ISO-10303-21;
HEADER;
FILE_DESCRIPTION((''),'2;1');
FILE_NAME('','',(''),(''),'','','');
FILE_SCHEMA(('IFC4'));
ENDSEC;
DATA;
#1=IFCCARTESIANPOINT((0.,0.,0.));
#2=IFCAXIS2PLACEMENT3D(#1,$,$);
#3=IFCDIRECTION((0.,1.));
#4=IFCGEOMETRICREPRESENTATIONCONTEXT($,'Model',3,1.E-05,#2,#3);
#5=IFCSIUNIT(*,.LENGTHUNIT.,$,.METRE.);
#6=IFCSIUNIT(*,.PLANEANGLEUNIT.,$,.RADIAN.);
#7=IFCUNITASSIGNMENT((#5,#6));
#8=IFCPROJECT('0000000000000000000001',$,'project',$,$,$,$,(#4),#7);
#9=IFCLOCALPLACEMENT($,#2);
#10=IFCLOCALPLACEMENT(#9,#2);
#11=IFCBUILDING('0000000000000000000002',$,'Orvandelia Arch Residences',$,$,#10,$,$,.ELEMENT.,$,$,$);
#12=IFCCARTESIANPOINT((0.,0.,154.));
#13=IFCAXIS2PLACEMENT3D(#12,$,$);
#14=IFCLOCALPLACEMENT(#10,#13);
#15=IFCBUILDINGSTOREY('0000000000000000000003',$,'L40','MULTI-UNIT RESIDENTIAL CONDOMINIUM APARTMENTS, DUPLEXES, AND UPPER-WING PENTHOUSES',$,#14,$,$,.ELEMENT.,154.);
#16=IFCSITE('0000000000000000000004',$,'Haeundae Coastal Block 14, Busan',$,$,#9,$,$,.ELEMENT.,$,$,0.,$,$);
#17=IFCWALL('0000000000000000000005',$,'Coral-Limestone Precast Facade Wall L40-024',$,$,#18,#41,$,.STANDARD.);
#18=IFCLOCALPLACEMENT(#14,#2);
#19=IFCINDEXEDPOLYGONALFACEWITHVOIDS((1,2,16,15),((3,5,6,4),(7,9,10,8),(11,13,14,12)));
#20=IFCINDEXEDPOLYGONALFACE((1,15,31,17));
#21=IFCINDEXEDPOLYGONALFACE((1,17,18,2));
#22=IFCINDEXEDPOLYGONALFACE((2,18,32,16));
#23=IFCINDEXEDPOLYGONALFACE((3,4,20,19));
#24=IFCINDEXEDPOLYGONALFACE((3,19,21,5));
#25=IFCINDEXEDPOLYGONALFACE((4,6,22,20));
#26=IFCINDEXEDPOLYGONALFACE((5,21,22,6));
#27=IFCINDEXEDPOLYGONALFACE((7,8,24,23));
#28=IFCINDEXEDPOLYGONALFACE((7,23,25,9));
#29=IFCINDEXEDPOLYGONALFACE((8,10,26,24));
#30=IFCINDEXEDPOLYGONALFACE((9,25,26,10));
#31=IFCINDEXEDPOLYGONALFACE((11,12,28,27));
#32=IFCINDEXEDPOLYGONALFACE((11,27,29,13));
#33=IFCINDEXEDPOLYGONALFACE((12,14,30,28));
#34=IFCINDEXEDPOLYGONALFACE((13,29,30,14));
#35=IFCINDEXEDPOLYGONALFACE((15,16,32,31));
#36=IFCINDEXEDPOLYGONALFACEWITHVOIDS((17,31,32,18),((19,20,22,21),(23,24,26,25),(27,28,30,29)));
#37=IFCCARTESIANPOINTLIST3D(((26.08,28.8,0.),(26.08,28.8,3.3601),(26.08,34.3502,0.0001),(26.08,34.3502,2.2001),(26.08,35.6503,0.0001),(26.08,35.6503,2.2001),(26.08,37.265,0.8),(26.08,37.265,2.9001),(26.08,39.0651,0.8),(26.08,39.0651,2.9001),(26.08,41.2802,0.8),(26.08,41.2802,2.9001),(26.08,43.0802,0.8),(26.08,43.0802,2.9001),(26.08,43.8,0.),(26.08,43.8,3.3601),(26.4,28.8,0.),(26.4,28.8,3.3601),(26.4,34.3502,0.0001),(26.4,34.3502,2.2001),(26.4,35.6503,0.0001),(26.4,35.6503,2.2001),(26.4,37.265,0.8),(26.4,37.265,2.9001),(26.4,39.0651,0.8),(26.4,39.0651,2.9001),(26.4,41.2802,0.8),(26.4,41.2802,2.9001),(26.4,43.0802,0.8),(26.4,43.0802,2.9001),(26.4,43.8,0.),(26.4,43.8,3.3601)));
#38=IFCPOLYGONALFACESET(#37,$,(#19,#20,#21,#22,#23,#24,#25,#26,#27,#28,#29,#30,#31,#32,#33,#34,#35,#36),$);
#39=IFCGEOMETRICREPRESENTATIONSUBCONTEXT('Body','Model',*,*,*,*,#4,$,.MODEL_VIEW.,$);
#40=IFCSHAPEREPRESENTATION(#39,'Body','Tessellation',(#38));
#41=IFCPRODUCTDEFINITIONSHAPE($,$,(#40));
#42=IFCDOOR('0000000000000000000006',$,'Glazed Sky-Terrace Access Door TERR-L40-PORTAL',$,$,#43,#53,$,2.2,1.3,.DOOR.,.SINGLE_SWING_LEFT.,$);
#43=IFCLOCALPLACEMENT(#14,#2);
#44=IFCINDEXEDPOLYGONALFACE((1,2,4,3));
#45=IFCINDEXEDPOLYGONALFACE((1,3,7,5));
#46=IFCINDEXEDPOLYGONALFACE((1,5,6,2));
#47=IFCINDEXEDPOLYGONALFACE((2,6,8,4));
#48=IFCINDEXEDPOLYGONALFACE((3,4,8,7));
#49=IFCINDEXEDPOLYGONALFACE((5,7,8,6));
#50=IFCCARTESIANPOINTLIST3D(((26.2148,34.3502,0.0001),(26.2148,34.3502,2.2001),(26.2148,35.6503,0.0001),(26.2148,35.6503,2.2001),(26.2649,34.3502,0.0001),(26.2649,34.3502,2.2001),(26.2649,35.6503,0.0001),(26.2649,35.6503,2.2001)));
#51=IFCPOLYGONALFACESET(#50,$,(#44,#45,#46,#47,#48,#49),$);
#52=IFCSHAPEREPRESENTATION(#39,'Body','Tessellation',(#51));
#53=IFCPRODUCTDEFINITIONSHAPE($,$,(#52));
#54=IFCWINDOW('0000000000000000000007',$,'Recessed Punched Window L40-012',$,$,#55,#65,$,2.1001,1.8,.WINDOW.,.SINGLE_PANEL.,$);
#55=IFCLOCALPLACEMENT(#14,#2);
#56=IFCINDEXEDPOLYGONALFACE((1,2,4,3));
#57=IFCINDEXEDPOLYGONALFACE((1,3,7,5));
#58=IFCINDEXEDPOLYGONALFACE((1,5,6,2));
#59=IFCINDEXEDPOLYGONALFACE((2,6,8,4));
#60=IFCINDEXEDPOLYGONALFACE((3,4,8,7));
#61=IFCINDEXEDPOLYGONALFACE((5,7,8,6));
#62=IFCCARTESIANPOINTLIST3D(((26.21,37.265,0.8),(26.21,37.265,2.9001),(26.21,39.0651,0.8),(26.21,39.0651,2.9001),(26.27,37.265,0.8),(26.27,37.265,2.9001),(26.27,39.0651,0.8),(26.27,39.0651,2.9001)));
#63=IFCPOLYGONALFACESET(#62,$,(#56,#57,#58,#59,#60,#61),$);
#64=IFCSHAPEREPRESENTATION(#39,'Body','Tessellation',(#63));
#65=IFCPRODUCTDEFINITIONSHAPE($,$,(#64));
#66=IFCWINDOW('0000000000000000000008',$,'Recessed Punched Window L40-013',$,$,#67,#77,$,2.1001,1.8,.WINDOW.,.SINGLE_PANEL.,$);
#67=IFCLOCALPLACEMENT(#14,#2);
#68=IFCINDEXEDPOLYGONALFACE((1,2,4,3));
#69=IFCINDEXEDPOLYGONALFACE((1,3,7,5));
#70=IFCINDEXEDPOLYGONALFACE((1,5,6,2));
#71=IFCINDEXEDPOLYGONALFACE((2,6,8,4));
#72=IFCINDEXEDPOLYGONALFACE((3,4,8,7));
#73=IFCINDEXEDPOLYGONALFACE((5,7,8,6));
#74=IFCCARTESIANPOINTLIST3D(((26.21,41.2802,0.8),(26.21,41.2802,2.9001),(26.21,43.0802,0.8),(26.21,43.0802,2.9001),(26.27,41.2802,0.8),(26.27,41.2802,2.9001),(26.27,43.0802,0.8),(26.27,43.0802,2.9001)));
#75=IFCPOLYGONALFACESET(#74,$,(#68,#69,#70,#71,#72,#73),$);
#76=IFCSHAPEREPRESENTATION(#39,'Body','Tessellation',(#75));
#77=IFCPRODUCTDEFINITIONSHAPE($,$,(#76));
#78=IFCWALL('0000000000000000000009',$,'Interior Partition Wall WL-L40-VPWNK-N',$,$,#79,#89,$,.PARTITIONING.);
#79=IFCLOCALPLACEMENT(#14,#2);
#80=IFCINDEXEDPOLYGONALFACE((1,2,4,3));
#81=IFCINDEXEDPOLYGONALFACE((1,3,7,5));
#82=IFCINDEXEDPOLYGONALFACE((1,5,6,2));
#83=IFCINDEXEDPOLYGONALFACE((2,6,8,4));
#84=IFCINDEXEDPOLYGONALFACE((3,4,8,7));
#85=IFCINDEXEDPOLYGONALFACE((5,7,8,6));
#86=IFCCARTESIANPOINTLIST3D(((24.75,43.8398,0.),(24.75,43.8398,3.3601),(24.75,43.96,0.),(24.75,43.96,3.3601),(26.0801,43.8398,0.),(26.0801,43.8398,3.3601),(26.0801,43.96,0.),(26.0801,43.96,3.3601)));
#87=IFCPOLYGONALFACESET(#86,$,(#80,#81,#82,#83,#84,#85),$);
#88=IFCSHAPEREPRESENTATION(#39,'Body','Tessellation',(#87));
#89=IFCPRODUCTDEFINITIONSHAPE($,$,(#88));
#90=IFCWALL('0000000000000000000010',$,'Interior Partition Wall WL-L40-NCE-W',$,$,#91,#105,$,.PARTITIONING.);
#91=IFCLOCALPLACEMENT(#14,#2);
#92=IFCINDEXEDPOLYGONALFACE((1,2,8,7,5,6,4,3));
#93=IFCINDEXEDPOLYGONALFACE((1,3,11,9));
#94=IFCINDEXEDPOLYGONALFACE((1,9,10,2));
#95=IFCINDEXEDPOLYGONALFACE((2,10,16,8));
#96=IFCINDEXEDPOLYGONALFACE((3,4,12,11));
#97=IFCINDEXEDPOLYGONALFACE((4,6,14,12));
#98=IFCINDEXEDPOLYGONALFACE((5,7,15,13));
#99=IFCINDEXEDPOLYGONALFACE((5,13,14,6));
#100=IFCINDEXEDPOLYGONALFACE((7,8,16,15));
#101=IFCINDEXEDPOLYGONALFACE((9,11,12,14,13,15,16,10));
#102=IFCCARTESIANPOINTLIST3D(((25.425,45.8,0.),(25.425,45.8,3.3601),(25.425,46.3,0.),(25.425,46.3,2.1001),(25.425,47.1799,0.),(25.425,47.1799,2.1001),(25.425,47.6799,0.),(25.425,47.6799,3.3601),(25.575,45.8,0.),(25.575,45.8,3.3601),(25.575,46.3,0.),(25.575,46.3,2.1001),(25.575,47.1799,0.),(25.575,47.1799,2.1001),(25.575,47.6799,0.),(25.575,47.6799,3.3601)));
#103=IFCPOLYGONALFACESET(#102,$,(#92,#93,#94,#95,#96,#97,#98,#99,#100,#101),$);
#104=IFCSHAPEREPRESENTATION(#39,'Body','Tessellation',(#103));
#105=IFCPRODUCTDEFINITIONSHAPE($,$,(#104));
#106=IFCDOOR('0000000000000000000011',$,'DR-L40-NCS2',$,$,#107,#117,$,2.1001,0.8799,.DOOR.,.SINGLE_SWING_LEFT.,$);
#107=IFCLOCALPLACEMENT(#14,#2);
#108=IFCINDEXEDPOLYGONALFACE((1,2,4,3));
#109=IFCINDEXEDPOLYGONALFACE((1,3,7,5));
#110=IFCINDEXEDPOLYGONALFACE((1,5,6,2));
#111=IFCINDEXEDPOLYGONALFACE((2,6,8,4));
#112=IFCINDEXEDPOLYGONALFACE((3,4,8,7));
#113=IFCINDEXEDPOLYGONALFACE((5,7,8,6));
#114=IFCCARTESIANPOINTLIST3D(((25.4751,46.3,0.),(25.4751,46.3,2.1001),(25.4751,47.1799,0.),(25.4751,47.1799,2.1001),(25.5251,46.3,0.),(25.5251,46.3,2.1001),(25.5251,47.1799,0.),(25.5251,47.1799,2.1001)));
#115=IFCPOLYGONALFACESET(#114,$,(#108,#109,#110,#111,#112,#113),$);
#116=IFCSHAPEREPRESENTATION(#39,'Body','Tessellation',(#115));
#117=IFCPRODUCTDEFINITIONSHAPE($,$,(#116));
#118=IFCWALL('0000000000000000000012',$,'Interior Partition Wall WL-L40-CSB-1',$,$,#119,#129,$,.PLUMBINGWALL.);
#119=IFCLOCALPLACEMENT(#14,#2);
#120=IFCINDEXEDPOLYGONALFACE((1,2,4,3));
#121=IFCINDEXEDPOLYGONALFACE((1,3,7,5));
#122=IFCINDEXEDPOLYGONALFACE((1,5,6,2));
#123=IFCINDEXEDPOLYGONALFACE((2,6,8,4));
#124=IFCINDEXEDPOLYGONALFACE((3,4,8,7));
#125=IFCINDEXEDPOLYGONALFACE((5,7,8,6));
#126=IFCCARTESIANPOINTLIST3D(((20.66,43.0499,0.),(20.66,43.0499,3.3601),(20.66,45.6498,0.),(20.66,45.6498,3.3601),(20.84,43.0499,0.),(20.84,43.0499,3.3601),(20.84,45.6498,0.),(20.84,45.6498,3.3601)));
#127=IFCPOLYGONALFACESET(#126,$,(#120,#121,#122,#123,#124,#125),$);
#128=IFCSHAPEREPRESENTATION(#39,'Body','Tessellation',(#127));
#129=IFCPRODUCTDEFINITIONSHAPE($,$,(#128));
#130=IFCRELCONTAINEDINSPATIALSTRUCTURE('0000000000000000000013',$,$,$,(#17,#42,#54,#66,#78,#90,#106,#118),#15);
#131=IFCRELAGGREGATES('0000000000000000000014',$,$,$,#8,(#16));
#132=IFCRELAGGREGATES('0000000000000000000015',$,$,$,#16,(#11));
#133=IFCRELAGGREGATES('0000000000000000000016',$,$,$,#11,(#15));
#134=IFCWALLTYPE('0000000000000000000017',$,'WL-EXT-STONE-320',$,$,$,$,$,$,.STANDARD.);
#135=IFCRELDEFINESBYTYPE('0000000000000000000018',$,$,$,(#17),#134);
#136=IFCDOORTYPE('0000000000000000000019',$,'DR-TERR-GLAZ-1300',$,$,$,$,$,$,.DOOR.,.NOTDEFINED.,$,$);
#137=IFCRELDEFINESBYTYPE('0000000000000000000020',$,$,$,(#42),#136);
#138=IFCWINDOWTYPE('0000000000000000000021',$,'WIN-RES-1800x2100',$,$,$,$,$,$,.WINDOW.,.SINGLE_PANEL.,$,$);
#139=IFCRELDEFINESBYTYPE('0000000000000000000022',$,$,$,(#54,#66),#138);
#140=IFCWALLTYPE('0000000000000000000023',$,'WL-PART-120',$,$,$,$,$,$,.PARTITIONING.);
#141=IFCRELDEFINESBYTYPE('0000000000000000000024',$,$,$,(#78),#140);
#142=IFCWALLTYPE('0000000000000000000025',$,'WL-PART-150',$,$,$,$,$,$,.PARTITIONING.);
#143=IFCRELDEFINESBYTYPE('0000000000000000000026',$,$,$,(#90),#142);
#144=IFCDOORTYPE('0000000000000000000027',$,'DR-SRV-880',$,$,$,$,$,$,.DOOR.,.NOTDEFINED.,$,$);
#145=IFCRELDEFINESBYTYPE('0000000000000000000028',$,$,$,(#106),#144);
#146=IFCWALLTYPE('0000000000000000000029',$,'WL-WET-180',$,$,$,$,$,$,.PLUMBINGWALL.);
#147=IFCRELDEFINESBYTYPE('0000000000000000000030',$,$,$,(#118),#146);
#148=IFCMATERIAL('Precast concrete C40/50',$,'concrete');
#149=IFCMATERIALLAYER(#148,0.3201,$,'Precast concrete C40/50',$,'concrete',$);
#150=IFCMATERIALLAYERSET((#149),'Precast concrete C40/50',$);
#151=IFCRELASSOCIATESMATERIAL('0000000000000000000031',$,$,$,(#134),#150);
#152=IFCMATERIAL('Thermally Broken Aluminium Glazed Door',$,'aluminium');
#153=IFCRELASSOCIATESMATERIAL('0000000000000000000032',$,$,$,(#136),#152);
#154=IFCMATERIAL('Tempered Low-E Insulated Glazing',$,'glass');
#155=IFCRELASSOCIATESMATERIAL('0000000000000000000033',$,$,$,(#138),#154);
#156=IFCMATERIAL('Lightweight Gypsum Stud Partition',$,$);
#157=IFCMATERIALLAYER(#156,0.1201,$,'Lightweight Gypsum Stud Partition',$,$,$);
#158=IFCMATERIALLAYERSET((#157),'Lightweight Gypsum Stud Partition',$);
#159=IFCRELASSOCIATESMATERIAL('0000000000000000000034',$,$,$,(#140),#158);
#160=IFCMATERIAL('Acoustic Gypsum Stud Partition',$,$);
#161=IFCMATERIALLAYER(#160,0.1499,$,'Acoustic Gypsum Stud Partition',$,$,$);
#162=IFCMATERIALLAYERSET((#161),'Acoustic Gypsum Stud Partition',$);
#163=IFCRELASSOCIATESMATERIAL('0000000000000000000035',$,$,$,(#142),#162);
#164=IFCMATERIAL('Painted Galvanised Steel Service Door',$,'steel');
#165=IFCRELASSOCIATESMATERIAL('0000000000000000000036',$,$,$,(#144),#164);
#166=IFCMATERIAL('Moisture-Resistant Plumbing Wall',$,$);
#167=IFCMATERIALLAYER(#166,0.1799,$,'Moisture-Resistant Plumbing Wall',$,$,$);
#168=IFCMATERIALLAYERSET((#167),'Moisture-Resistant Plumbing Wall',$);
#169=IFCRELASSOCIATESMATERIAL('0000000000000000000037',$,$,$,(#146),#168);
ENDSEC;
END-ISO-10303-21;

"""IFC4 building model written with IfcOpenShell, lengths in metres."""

from ifc_helpers import new_model, si_unit, direction, frame, frame_2d, origin, place, context, subcontext, project, spatial, rectangle, extrude, material, layer, layer_set, type_object, element, fill, save


model = new_model("IFC4")

# Units and contexts
model_context = context("Model", 3, precision=1e-05, world=origin(), true_north=direction((0.0, 1.0)))
body_context = subcontext(model_context, "Body", "Model", "MODEL_VIEW")
ifc_project = project(units=[si_unit("LENGTHUNIT", "METRE"), si_unit("PLANEANGLEUNIT", "RADIAN")], contexts=[model_context])

# Site, building, storey
site_placement = place(None, origin())
site = spatial("IfcSite", under=ifc_project, at=site_placement, Name="Haeundae Coastal Block 14, Busan", CompositionType="ELEMENT", RefElevation=0.0)
building_placement = place(site_placement, origin())
building = spatial("IfcBuilding", under=site, at=building_placement, Name="Orvandelia Arch Residences", CompositionType="ELEMENT")
storey_placement = place(building_placement, frame((0.0, 0.0, 154.0)))
storey = spatial("IfcBuildingStorey", under=building, at=storey_placement, Name="L40", Description="MULTI-UNIT RESIDENTIAL CONDOMINIUM APARTMENTS, DUPLEXES, AND UPPER-WING PENTHOUSES", CompositionType="ELEMENT", Elevation=154.0)

# Wall, openings, door, windows
ifc_material_1 = material(Name="Precast concrete C40/50", Category="concrete")
ifc_layer_1 = layer(ifc_material_1, 0.3201, Name="Precast concrete C40/50", Category="concrete")
ifc_layer_set_1 = layer_set([ifc_layer_1], Name="Precast concrete C40/50")
wall_type_1 = type_object("IfcWallType", Name="WL-EXT-STONE-320", PredefinedType="STANDARD", material=ifc_layer_set_1)
wall_1_placement = place(storey_placement, frame((26.24, 43.8, 0.0), z_axis=(0.0, 0.0, 1.0), x_axis=(0.0, -1.0, 0.0)))
wall_1 = element("IfcWall", 1, at=wall_1_placement, inside=storey, type_object=wall_type_1, Name="Coral-Limestone Precast Facade Wall L40-024", PredefinedType="STANDARD", context=body_context, shape_type="SweptSolid", body=[
    extrude(rectangle(XDim=15.0, YDim=0.3201, at=frame_2d((7.5, 0.0))), origin(), (0.0, 0.0, 1.0), 3.3601),
])
opening_1_placement = place(wall_1_placement, frame((8.1499, 0.0, 0.0)))
opening_1 = element("IfcOpeningElement", 2, at=opening_1_placement, cuts=wall_1, PredefinedType="OPENING", context=body_context, shape_type="SweptSolid", body=[
    extrude(rectangle(XDim=1.3, YDim=2.2, at=frame_2d((0.6499, 1.1001))), frame((0.0, 0.1699, 0.0), z_axis=(0.0, -1.0, 0.0), x_axis=(1.0, 0.0, 0.0)), (0.0, 0.0, 1.0), 0.3401),
])
opening_2_placement = place(wall_1_placement, frame((4.7351, 0.0, 0.8)))
opening_2 = element("IfcOpeningElement", 3, at=opening_2_placement, cuts=wall_1, PredefinedType="OPENING", context=body_context, shape_type="SweptSolid", body=[
    extrude(rectangle(XDim=1.8, YDim=2.1001, at=frame_2d((0.8999, 1.05))), frame((0.0, 0.1699, 0.0), z_axis=(0.0, -1.0, 0.0), x_axis=(1.0, 0.0, 0.0)), (0.0, 0.0, 1.0), 0.3401),
])
opening_3_placement = place(wall_1_placement, frame((0.72, 0.0, 0.8)))
opening_3 = element("IfcOpeningElement", 4, at=opening_3_placement, cuts=wall_1, PredefinedType="OPENING", context=body_context, shape_type="SweptSolid", body=[
    extrude(rectangle(XDim=1.8, YDim=2.1001, at=frame_2d((0.8999, 1.05))), frame((0.0, 0.1699, 0.0), z_axis=(0.0, -1.0, 0.0), x_axis=(1.0, 0.0, 0.0)), (0.0, 0.0, 1.0), 0.3401),
])
ifc_material_2 = material(Name="Thermally Broken Aluminium Glazed Door", Category="aluminium")
door_type_1 = type_object("IfcDoorType", Name="DR-TERR-GLAZ-1300", OperationType="NOTDEFINED", PredefinedType="DOOR", material=ifc_material_2)
door_1_placement = place(opening_1_placement, origin())
door_1 = element("IfcDoor", 5, at=door_1_placement, inside=storey, type_object=door_type_1, Name="Glazed Sky-Terrace Access Door TERR-L40-PORTAL", OperationType="SINGLE_SWING_LEFT", OverallHeight=2.2, OverallWidth=1.3, PredefinedType="DOOR", context=body_context, shape_type="SweptSolid", body=[
    extrude(rectangle(XDim=1.3, YDim=2.2, at=frame_2d((0.6499, 1.1001))), frame((0.0, 0.0249, 0.0), z_axis=(0.0, -1.0, 0.0), x_axis=(1.0, 0.0, 0.0)), (0.0, 0.0, 1.0), 0.05),
])
fill(opening_1, door_1)
ifc_material_3 = material(Name="Tempered Low-E Insulated Glazing", Category="glass")
window_type = type_object("IfcWindowType", Name="WIN-RES-1800x2100", PartitioningType="SINGLE_PANEL", PredefinedType="WINDOW", material=ifc_material_3)
window_1_placement = place(opening_2_placement, origin())
window_1 = element("IfcWindow", 6, at=window_1_placement, inside=storey, type_object=window_type, Name="Recessed Punched Window L40-012", OverallHeight=2.1001, OverallWidth=1.8, PartitioningType="SINGLE_PANEL", PredefinedType="WINDOW", context=body_context, shape_type="SweptSolid", body=[
    extrude(rectangle(XDim=1.8, YDim=2.1001, at=frame_2d((0.8999, 1.05))), frame((0.0, 0.03, 0.0), z_axis=(0.0, -1.0, 0.0), x_axis=(1.0, 0.0, 0.0)), (0.0, 0.0, 1.0), 0.0601),
])
fill(opening_2, window_1)
window_2_placement = place(opening_3_placement, origin())
window_2 = element("IfcWindow", 7, at=window_2_placement, inside=storey, type_object=window_type, Name="Recessed Punched Window L40-013", OverallHeight=2.1001, OverallWidth=1.8, PartitioningType="SINGLE_PANEL", PredefinedType="WINDOW", context=body_context, shape_type="SweptSolid", body=[
    extrude(rectangle(XDim=1.8, YDim=2.1001, at=frame_2d((0.8999, 1.05))), frame((0.0, 0.03, 0.0), z_axis=(0.0, -1.0, 0.0), x_axis=(1.0, 0.0, 0.0)), (0.0, 0.0, 1.0), 0.0601),
])
fill(opening_3, window_2)

# Wall
ifc_material_4 = material(Name="Lightweight Gypsum Stud Partition")
ifc_layer_2 = layer(ifc_material_4, 0.1201, Name="Lightweight Gypsum Stud Partition")
ifc_layer_set_2 = layer_set([ifc_layer_2], Name="Lightweight Gypsum Stud Partition")
wall_type_2 = type_object("IfcWallType", Name="WL-PART-120", PredefinedType="PARTITIONING", material=ifc_layer_set_2)
wall_2_placement = place(storey_placement, frame((24.75, 43.8999, 0.0), z_axis=(0.0, 0.0, 1.0), x_axis=(1.0, 0.0, 0.0)))
element("IfcWall", 8, at=wall_2_placement, inside=storey, type_object=wall_type_2, Name="Interior Partition Wall WL-L40-VPWNK-N", PredefinedType="PARTITIONING", context=body_context, shape_type="SweptSolid", body=[
    extrude(rectangle(XDim=1.3301, YDim=0.1201, at=frame_2d((0.665, 0.0))), origin(), (0.0, 0.0, 1.0), 3.3601),
])

# Wall, opening, door
ifc_material_5 = material(Name="Acoustic Gypsum Stud Partition")
ifc_layer_3 = layer(ifc_material_5, 0.1499, Name="Acoustic Gypsum Stud Partition")
ifc_layer_set_3 = layer_set([ifc_layer_3], Name="Acoustic Gypsum Stud Partition")
wall_type_3 = type_object("IfcWallType", Name="WL-PART-150", PredefinedType="PARTITIONING", material=ifc_layer_set_3)
wall_3_placement = place(storey_placement, frame((25.5, 45.8, 0.0), z_axis=(0.0, 0.0, 1.0), x_axis=(0.0, 1.0, 0.0)))
wall_3 = element("IfcWall", 9, at=wall_3_placement, inside=storey, type_object=wall_type_3, Name="Interior Partition Wall WL-L40-NCE-W", PredefinedType="PARTITIONING", context=body_context, shape_type="SweptSolid", body=[
    extrude(rectangle(XDim=1.8799, YDim=0.1499, at=frame_2d((0.9399, 0.0))), origin(), (0.0, 0.0, 1.0), 3.3601),
])
opening_4_placement = place(wall_3_placement, frame((0.5, 0.0, 0.0)))
opening_4 = element("IfcOpeningElement", 10, at=opening_4_placement, cuts=wall_3, PredefinedType="OPENING", context=body_context, shape_type="SweptSolid", body=[
    extrude(rectangle(XDim=0.8799, YDim=2.1001, at=frame_2d((0.4399, 1.05))), frame((0.0, 0.085, 0.0), z_axis=(0.0, -1.0, 0.0), x_axis=(1.0, 0.0, 0.0)), (0.0, 0.0, 1.0), 0.1699),
])
ifc_material_6 = material(Name="Painted Galvanised Steel Service Door", Category="steel")
door_type_2 = type_object("IfcDoorType", Name="DR-SRV-880", OperationType="NOTDEFINED", PredefinedType="DOOR", material=ifc_material_6)
door_2_placement = place(opening_4_placement, origin())
door_2 = element("IfcDoor", 11, at=door_2_placement, inside=storey, type_object=door_type_2, Name="DR-L40-NCS2", OperationType="SINGLE_SWING_LEFT", OverallHeight=2.1001, OverallWidth=0.8799, PredefinedType="DOOR", context=body_context, shape_type="SweptSolid", body=[
    extrude(rectangle(XDim=0.8799, YDim=2.1001, at=frame_2d((0.4399, 1.05))), frame((0.0, 0.0249, 0.0), z_axis=(0.0, -1.0, 0.0), x_axis=(1.0, 0.0, 0.0)), (0.0, 0.0, 1.0), 0.05),
])
fill(opening_4, door_2)

# Wall
ifc_material_7 = material(Name="Moisture-Resistant Plumbing Wall")
ifc_layer_4 = layer(ifc_material_7, 0.1799, Name="Moisture-Resistant Plumbing Wall")
ifc_layer_set_4 = layer_set([ifc_layer_4], Name="Moisture-Resistant Plumbing Wall")
wall_type_4 = type_object("IfcWallType", Name="WL-WET-180", PredefinedType="PLUMBINGWALL", material=ifc_layer_set_4)
wall_4_placement = place(storey_placement, frame((20.75, 43.05, 0.0), z_axis=(0.0, 0.0, 1.0), x_axis=(0.0, 1.0, 0.0)))
element("IfcWall", 12, at=wall_4_placement, inside=storey, type_object=wall_type_4, Name="Interior Partition Wall WL-L40-CSB-1", PredefinedType="PLUMBINGWALL", context=body_context, shape_type="SweptSolid", body=[
    extrude(rectangle(XDim=2.5999, YDim=0.1799, at=frame_2d((1.2998, 0.0))), origin(), (0.0, 0.0, 1.0), 3.3601),
])

save(model, "model.ifc")
